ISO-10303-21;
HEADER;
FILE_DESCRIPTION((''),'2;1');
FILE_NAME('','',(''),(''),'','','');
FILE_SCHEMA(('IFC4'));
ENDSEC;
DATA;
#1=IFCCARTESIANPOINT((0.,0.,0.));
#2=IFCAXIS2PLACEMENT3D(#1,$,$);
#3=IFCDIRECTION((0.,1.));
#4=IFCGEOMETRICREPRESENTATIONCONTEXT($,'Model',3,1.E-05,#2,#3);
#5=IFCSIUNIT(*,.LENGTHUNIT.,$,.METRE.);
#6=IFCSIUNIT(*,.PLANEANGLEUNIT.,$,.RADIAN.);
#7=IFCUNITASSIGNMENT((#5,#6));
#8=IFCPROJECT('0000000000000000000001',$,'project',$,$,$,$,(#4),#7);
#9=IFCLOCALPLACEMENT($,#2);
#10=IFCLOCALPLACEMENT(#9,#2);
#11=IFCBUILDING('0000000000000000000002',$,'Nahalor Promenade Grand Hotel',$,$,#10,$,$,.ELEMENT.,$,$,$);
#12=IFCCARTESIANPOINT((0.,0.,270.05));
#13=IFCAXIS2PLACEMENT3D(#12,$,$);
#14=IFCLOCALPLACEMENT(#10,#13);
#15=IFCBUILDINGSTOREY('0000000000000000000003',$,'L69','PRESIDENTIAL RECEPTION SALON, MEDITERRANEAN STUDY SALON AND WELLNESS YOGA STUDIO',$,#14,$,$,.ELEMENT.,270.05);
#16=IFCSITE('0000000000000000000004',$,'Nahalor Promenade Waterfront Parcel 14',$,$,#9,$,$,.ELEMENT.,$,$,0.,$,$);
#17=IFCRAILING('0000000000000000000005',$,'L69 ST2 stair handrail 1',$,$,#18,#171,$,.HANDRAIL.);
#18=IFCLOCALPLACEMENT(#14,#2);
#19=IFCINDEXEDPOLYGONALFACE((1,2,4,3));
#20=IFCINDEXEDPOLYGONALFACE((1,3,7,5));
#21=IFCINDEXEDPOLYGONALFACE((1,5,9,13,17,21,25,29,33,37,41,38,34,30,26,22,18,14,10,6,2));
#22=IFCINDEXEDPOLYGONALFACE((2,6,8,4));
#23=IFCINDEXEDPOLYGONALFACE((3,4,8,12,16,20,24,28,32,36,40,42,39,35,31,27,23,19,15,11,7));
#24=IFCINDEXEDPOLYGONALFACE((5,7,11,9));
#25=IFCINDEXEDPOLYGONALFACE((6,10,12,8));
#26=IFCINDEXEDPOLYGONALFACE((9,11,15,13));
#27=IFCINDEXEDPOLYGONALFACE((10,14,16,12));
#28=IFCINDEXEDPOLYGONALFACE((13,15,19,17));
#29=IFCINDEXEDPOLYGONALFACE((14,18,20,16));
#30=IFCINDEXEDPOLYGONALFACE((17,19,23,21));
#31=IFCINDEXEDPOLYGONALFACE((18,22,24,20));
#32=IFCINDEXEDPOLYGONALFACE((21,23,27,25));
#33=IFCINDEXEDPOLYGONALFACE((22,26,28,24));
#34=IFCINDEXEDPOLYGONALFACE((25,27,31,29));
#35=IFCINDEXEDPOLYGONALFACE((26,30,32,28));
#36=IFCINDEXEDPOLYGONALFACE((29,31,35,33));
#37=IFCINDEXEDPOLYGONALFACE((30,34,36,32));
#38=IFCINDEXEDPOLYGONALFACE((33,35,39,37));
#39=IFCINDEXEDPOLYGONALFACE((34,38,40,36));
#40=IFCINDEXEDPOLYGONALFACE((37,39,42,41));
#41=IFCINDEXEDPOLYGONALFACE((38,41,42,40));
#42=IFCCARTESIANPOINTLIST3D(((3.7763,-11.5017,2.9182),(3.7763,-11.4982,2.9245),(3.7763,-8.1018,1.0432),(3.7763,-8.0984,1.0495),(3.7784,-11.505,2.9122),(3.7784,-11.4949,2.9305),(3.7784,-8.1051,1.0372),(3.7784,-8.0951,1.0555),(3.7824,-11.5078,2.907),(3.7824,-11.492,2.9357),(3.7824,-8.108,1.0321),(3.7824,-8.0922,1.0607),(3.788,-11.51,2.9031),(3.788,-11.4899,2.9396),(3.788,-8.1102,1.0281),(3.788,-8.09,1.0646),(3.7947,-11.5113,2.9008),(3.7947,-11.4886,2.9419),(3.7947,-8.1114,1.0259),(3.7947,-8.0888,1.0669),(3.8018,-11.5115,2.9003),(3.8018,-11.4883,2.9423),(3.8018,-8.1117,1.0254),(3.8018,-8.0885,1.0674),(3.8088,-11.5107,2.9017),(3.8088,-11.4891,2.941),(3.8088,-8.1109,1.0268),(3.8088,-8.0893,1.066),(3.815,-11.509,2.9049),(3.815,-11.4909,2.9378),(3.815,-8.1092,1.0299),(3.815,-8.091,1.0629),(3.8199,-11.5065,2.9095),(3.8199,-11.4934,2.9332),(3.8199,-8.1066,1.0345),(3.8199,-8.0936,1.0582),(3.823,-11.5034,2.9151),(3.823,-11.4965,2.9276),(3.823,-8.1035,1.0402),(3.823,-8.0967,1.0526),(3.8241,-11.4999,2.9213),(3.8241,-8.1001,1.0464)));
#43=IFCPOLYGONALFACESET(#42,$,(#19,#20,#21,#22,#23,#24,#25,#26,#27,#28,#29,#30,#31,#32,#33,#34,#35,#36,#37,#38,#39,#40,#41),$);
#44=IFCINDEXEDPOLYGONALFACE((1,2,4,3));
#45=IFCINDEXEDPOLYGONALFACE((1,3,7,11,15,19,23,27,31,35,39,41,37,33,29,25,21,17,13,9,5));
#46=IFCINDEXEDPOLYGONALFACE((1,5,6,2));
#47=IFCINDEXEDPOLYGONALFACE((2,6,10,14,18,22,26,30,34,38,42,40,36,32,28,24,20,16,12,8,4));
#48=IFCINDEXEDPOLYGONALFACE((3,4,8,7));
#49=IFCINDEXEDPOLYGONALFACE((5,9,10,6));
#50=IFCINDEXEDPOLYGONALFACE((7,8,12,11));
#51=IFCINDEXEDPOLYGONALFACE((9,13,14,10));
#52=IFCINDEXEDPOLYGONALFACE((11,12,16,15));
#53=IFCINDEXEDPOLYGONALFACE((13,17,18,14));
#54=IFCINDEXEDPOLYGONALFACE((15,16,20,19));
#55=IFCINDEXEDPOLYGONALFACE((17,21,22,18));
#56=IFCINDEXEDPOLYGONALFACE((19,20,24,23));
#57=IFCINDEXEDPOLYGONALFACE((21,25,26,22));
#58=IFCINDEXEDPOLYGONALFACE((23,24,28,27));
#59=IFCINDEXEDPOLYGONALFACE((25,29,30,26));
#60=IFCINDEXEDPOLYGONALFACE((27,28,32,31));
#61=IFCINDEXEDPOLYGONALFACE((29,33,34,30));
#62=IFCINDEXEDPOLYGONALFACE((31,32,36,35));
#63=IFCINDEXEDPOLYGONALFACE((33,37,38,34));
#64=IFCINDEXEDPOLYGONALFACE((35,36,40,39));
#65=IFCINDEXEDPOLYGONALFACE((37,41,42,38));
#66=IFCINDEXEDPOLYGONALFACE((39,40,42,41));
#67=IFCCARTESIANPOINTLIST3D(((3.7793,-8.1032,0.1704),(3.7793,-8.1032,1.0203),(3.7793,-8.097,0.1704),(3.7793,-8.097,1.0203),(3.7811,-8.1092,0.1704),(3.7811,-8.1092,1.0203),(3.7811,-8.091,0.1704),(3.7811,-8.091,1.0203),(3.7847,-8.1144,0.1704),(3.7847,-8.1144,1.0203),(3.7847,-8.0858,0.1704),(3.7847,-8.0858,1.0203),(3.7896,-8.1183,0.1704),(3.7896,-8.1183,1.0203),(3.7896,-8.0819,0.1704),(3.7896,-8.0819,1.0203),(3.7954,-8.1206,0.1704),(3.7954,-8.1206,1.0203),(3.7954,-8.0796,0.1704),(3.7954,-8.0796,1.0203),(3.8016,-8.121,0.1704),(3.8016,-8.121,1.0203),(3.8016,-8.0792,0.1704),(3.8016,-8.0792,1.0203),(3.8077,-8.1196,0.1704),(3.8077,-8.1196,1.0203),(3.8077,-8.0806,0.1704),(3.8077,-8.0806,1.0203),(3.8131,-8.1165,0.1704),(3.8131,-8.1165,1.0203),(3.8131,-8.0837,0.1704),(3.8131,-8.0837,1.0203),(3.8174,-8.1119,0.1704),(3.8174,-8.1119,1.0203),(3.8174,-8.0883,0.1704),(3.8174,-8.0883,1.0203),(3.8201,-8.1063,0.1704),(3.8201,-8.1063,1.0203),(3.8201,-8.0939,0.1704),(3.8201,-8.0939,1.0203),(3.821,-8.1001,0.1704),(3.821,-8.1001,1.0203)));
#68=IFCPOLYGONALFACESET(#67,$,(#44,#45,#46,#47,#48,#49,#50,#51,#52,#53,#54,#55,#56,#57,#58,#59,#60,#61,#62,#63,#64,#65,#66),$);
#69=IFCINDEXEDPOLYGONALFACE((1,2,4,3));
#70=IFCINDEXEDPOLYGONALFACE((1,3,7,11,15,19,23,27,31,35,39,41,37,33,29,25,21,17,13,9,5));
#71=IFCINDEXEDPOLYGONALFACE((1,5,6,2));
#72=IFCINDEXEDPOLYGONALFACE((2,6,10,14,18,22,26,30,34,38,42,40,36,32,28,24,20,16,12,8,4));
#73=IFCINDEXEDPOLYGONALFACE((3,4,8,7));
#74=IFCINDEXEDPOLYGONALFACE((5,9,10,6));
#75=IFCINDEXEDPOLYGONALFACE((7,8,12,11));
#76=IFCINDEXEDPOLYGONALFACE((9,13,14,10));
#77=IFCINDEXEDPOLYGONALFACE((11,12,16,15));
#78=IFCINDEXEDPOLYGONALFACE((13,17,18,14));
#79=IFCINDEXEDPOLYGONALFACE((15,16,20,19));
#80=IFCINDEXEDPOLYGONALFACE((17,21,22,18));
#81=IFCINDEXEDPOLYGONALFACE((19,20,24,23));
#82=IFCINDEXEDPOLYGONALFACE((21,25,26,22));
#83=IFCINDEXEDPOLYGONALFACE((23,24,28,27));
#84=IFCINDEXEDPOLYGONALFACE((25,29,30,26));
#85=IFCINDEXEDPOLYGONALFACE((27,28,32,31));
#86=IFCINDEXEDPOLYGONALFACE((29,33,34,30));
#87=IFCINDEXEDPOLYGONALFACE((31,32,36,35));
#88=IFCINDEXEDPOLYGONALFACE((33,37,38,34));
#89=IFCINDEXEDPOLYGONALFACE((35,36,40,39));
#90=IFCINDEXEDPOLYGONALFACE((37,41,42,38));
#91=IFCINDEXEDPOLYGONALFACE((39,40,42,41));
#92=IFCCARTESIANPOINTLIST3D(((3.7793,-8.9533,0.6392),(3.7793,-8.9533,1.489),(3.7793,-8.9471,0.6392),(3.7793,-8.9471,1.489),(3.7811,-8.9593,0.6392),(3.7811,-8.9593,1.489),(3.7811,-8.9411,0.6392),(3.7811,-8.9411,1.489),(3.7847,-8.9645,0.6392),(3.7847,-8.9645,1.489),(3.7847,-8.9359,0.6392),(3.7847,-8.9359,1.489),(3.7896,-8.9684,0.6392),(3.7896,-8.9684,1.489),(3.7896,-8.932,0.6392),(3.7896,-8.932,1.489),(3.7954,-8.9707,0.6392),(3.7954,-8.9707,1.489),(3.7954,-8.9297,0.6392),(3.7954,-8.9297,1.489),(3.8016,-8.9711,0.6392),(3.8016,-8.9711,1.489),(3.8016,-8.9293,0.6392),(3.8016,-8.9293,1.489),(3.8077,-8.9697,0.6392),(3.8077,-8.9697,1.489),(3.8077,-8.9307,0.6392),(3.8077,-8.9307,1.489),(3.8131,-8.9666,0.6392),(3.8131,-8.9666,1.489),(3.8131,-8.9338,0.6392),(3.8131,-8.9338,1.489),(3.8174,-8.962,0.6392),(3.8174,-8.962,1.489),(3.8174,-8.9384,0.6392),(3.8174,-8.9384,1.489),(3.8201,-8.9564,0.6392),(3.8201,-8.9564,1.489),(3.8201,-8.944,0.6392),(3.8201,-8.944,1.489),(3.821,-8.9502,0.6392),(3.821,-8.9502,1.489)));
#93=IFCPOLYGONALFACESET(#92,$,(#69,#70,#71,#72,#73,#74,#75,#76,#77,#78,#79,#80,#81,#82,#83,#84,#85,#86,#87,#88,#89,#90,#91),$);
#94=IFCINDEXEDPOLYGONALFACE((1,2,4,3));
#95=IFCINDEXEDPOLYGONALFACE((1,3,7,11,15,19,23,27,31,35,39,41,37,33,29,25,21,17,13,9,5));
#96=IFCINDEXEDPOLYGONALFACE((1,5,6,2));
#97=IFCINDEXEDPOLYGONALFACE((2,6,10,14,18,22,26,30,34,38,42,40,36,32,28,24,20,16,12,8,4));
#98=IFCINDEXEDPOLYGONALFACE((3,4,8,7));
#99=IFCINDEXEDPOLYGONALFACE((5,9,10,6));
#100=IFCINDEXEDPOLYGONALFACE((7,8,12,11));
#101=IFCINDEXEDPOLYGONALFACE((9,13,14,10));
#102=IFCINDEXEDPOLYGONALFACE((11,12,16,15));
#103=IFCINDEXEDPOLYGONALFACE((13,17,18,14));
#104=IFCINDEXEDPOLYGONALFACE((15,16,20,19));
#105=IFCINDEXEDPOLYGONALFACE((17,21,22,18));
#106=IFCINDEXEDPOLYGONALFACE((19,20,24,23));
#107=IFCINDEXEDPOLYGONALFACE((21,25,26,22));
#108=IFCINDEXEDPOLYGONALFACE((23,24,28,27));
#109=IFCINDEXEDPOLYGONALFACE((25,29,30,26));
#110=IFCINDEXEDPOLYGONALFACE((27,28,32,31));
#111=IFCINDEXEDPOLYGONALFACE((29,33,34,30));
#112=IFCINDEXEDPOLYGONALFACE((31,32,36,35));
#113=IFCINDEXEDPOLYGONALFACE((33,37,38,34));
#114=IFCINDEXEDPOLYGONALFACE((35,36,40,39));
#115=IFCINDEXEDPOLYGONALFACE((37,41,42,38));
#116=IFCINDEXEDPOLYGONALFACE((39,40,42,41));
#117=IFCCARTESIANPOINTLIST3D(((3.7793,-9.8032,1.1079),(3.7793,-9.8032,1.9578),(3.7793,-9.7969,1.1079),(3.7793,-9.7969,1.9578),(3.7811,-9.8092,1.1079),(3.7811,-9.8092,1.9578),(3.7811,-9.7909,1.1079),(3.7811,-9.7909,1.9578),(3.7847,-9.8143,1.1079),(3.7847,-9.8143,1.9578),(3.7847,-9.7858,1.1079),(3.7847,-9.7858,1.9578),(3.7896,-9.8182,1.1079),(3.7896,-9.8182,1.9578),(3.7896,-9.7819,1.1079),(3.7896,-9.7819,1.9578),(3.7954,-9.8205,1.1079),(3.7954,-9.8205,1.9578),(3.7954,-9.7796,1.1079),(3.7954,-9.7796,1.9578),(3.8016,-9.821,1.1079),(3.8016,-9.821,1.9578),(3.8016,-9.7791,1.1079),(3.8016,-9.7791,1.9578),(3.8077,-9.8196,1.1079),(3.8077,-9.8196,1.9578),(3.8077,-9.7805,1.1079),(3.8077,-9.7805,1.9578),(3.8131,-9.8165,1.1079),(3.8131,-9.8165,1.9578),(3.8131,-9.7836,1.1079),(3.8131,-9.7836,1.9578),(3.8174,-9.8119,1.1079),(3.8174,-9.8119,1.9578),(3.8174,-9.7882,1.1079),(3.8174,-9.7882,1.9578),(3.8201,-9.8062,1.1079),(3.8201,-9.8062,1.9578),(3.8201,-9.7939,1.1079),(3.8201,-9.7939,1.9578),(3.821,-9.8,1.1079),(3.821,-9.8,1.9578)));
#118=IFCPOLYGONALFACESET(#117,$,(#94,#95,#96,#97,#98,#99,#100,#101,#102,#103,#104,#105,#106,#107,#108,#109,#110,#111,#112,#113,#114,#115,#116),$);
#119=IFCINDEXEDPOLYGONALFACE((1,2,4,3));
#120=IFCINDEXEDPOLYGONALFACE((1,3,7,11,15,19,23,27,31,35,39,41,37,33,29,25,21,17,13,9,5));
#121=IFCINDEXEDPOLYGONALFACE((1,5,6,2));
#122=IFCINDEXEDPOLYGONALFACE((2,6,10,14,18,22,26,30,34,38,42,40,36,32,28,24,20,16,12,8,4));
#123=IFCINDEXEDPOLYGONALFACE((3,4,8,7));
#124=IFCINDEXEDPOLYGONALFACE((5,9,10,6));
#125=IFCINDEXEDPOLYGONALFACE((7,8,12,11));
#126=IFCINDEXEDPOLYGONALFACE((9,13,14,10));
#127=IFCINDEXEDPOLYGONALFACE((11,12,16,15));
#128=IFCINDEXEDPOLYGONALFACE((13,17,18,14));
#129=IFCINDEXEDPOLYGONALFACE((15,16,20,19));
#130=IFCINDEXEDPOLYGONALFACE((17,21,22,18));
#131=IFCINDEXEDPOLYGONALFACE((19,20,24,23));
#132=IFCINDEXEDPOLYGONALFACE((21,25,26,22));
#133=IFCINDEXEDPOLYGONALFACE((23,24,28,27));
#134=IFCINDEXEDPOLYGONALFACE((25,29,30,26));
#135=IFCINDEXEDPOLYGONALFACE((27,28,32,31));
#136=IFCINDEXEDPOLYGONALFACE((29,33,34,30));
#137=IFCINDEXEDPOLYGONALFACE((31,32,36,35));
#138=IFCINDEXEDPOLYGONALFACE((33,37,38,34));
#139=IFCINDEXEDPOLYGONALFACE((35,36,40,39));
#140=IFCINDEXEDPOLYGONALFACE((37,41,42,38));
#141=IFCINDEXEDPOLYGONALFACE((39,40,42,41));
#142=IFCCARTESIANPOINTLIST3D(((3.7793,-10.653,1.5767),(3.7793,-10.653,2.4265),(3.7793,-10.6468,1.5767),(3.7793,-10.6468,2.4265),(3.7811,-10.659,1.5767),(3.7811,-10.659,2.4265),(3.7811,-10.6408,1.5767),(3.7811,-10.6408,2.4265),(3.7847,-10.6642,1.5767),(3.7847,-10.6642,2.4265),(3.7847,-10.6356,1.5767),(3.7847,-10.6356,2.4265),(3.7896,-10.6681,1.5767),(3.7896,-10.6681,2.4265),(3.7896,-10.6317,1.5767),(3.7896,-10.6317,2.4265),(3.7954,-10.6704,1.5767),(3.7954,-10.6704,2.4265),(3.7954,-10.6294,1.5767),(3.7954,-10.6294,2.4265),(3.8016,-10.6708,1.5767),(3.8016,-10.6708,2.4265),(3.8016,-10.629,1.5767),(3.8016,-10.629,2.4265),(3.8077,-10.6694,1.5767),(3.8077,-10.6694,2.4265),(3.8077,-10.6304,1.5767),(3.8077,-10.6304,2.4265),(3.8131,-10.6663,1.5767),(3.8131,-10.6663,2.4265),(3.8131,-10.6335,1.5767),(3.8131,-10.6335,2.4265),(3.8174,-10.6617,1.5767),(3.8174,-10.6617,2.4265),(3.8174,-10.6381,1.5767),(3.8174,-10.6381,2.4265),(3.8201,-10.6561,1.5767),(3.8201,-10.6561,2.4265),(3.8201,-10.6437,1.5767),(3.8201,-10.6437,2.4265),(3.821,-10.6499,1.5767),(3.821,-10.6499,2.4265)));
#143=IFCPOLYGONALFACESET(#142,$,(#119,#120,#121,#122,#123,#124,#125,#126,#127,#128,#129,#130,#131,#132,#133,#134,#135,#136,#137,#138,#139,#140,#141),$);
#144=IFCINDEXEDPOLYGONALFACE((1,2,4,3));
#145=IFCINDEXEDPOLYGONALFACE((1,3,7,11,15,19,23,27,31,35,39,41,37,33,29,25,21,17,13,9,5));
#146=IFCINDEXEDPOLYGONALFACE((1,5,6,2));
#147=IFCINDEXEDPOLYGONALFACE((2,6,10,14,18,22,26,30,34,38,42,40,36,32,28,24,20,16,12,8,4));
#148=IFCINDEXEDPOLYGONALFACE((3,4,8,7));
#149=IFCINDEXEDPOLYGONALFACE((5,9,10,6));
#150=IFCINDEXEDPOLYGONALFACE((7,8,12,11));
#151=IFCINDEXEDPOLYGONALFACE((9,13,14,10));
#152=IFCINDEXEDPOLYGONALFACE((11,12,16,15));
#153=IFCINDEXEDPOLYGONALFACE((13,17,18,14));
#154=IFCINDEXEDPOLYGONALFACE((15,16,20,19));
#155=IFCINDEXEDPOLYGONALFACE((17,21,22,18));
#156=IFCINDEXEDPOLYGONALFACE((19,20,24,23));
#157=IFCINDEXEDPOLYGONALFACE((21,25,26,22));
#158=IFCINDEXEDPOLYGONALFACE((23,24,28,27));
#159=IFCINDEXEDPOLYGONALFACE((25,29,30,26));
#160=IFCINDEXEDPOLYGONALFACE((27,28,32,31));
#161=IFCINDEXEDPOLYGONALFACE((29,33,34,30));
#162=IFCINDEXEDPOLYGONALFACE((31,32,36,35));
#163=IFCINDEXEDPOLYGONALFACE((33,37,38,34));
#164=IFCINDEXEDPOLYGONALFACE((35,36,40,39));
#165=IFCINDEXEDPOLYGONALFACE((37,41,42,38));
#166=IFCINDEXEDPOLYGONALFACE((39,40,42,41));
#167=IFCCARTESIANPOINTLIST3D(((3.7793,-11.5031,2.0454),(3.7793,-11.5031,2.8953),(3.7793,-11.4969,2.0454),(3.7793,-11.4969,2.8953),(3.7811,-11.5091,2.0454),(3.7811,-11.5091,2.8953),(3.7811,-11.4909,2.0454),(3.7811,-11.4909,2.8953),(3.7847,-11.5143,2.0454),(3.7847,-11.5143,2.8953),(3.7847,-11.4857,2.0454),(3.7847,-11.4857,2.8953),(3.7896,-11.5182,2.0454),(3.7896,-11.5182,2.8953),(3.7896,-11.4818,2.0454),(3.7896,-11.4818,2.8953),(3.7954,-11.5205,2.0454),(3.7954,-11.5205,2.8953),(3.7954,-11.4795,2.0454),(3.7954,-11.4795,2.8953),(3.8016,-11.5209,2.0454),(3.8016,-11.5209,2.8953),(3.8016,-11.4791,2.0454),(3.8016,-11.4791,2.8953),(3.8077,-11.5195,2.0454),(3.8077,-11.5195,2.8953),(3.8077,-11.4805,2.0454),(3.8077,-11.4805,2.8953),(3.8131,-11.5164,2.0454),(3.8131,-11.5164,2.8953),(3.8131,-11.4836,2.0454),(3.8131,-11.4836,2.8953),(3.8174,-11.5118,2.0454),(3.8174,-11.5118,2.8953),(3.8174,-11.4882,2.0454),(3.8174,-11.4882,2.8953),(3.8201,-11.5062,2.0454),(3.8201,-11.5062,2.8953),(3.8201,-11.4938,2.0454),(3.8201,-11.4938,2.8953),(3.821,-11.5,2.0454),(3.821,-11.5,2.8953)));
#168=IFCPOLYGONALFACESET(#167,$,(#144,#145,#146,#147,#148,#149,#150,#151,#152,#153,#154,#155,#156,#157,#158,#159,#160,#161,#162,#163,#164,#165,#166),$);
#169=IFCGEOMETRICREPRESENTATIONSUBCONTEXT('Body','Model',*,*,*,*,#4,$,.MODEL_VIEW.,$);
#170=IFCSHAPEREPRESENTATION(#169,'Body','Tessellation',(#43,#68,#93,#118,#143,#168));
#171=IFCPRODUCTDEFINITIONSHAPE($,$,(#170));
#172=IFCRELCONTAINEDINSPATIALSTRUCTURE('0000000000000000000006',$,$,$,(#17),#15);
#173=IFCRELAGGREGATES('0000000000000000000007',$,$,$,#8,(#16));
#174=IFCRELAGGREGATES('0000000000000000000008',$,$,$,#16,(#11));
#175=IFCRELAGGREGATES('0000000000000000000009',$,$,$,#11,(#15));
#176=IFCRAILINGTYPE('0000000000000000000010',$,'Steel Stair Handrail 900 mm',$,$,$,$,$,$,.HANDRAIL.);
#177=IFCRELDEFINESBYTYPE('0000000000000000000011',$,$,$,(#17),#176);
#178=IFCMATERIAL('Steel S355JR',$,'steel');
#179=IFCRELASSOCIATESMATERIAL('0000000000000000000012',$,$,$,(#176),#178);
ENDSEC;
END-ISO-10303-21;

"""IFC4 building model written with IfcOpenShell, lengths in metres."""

from ifc_helpers import new_model, si_unit, direction, frame, origin, origin_2d, place, context, subcontext, project, spatial, circle, extrude, material, type_object, element, save


model = new_model("IFC4")

# Units and contexts
model_context = context("Model", 3, precision=1e-05, world=origin(), true_north=direction((0.0, 1.0)))
body_context = subcontext(model_context, "Body", "Model", "MODEL_VIEW")
ifc_project = project(units=[si_unit("LENGTHUNIT", "METRE"), si_unit("PLANEANGLEUNIT", "RADIAN")], contexts=[model_context])

# Site, building, storey
site_placement = place(None, origin())
site = spatial("IfcSite", under=ifc_project, at=site_placement, Name="Nahalor Promenade Waterfront Parcel 14", CompositionType="ELEMENT", RefElevation=0.0)
building_placement = place(site_placement, origin())
building = spatial("IfcBuilding", under=site, at=building_placement, Name="Nahalor Promenade Grand Hotel", CompositionType="ELEMENT")
storey_placement = place(building_placement, frame((0.0, 0.0, 270.05)))
storey = spatial("IfcBuildingStorey", under=building, at=storey_placement, Name="L69", Description="PRESIDENTIAL RECEPTION SALON, MEDITERRANEAN STUDY SALON AND WELLNESS YOGA STUDIO", CompositionType="ELEMENT", Elevation=270.05)

# Shared definitions
ifc_material_1 = material(Name="Steel S355JR", Category="steel")

# Railing
railing_type_1 = type_object("IfcRailingType", Name="Steel Stair Handrail 900 mm", PredefinedType="HANDRAIL", material=ifc_material_1)
railing_1_placement = place(storey_placement, frame((3.8, -8.1001, 0.1704)))
element("IfcRailing", 1, at=railing_1_placement, inside=storey, type_object=railing_type_1, Name="L69 ST2 stair handrail 1", PredefinedType="HANDRAIL", context=body_context, shape_type="SweptSolid", body=[
    extrude(circle(Radius=0.024, at=origin_2d()), frame((0.0, 0.0, 0.876), z_axis=(0.0, -0.875666, 0.482918), x_axis=(1.0, 0.0, 0.0)), (0.0, 0.0, 1.0), 3.8826),
    extrude(circle(Radius=0.021, at=origin_2d()), origin(), (0.0, 0.0, 1.0), 0.8499),
    extrude(circle(Radius=0.021, at=origin_2d()), frame((0.0, -0.8501, 0.4688)), (0.0, 0.0, 1.0), 0.8499),
    extrude(circle(Radius=0.021, at=origin_2d()), frame((0.0, -1.7, 0.9375)), (0.0, 0.0, 1.0), 0.8499),
    extrude(circle(Radius=0.021, at=origin_2d()), frame((0.0, -2.5498, 1.4062)), (0.0, 0.0, 1.0), 0.8499),
    extrude(circle(Radius=0.021, at=origin_2d()), frame((0.0, -3.3999, 1.875)), (0.0, 0.0, 1.0), 0.8499),
])

save(model, "model.ifc")
